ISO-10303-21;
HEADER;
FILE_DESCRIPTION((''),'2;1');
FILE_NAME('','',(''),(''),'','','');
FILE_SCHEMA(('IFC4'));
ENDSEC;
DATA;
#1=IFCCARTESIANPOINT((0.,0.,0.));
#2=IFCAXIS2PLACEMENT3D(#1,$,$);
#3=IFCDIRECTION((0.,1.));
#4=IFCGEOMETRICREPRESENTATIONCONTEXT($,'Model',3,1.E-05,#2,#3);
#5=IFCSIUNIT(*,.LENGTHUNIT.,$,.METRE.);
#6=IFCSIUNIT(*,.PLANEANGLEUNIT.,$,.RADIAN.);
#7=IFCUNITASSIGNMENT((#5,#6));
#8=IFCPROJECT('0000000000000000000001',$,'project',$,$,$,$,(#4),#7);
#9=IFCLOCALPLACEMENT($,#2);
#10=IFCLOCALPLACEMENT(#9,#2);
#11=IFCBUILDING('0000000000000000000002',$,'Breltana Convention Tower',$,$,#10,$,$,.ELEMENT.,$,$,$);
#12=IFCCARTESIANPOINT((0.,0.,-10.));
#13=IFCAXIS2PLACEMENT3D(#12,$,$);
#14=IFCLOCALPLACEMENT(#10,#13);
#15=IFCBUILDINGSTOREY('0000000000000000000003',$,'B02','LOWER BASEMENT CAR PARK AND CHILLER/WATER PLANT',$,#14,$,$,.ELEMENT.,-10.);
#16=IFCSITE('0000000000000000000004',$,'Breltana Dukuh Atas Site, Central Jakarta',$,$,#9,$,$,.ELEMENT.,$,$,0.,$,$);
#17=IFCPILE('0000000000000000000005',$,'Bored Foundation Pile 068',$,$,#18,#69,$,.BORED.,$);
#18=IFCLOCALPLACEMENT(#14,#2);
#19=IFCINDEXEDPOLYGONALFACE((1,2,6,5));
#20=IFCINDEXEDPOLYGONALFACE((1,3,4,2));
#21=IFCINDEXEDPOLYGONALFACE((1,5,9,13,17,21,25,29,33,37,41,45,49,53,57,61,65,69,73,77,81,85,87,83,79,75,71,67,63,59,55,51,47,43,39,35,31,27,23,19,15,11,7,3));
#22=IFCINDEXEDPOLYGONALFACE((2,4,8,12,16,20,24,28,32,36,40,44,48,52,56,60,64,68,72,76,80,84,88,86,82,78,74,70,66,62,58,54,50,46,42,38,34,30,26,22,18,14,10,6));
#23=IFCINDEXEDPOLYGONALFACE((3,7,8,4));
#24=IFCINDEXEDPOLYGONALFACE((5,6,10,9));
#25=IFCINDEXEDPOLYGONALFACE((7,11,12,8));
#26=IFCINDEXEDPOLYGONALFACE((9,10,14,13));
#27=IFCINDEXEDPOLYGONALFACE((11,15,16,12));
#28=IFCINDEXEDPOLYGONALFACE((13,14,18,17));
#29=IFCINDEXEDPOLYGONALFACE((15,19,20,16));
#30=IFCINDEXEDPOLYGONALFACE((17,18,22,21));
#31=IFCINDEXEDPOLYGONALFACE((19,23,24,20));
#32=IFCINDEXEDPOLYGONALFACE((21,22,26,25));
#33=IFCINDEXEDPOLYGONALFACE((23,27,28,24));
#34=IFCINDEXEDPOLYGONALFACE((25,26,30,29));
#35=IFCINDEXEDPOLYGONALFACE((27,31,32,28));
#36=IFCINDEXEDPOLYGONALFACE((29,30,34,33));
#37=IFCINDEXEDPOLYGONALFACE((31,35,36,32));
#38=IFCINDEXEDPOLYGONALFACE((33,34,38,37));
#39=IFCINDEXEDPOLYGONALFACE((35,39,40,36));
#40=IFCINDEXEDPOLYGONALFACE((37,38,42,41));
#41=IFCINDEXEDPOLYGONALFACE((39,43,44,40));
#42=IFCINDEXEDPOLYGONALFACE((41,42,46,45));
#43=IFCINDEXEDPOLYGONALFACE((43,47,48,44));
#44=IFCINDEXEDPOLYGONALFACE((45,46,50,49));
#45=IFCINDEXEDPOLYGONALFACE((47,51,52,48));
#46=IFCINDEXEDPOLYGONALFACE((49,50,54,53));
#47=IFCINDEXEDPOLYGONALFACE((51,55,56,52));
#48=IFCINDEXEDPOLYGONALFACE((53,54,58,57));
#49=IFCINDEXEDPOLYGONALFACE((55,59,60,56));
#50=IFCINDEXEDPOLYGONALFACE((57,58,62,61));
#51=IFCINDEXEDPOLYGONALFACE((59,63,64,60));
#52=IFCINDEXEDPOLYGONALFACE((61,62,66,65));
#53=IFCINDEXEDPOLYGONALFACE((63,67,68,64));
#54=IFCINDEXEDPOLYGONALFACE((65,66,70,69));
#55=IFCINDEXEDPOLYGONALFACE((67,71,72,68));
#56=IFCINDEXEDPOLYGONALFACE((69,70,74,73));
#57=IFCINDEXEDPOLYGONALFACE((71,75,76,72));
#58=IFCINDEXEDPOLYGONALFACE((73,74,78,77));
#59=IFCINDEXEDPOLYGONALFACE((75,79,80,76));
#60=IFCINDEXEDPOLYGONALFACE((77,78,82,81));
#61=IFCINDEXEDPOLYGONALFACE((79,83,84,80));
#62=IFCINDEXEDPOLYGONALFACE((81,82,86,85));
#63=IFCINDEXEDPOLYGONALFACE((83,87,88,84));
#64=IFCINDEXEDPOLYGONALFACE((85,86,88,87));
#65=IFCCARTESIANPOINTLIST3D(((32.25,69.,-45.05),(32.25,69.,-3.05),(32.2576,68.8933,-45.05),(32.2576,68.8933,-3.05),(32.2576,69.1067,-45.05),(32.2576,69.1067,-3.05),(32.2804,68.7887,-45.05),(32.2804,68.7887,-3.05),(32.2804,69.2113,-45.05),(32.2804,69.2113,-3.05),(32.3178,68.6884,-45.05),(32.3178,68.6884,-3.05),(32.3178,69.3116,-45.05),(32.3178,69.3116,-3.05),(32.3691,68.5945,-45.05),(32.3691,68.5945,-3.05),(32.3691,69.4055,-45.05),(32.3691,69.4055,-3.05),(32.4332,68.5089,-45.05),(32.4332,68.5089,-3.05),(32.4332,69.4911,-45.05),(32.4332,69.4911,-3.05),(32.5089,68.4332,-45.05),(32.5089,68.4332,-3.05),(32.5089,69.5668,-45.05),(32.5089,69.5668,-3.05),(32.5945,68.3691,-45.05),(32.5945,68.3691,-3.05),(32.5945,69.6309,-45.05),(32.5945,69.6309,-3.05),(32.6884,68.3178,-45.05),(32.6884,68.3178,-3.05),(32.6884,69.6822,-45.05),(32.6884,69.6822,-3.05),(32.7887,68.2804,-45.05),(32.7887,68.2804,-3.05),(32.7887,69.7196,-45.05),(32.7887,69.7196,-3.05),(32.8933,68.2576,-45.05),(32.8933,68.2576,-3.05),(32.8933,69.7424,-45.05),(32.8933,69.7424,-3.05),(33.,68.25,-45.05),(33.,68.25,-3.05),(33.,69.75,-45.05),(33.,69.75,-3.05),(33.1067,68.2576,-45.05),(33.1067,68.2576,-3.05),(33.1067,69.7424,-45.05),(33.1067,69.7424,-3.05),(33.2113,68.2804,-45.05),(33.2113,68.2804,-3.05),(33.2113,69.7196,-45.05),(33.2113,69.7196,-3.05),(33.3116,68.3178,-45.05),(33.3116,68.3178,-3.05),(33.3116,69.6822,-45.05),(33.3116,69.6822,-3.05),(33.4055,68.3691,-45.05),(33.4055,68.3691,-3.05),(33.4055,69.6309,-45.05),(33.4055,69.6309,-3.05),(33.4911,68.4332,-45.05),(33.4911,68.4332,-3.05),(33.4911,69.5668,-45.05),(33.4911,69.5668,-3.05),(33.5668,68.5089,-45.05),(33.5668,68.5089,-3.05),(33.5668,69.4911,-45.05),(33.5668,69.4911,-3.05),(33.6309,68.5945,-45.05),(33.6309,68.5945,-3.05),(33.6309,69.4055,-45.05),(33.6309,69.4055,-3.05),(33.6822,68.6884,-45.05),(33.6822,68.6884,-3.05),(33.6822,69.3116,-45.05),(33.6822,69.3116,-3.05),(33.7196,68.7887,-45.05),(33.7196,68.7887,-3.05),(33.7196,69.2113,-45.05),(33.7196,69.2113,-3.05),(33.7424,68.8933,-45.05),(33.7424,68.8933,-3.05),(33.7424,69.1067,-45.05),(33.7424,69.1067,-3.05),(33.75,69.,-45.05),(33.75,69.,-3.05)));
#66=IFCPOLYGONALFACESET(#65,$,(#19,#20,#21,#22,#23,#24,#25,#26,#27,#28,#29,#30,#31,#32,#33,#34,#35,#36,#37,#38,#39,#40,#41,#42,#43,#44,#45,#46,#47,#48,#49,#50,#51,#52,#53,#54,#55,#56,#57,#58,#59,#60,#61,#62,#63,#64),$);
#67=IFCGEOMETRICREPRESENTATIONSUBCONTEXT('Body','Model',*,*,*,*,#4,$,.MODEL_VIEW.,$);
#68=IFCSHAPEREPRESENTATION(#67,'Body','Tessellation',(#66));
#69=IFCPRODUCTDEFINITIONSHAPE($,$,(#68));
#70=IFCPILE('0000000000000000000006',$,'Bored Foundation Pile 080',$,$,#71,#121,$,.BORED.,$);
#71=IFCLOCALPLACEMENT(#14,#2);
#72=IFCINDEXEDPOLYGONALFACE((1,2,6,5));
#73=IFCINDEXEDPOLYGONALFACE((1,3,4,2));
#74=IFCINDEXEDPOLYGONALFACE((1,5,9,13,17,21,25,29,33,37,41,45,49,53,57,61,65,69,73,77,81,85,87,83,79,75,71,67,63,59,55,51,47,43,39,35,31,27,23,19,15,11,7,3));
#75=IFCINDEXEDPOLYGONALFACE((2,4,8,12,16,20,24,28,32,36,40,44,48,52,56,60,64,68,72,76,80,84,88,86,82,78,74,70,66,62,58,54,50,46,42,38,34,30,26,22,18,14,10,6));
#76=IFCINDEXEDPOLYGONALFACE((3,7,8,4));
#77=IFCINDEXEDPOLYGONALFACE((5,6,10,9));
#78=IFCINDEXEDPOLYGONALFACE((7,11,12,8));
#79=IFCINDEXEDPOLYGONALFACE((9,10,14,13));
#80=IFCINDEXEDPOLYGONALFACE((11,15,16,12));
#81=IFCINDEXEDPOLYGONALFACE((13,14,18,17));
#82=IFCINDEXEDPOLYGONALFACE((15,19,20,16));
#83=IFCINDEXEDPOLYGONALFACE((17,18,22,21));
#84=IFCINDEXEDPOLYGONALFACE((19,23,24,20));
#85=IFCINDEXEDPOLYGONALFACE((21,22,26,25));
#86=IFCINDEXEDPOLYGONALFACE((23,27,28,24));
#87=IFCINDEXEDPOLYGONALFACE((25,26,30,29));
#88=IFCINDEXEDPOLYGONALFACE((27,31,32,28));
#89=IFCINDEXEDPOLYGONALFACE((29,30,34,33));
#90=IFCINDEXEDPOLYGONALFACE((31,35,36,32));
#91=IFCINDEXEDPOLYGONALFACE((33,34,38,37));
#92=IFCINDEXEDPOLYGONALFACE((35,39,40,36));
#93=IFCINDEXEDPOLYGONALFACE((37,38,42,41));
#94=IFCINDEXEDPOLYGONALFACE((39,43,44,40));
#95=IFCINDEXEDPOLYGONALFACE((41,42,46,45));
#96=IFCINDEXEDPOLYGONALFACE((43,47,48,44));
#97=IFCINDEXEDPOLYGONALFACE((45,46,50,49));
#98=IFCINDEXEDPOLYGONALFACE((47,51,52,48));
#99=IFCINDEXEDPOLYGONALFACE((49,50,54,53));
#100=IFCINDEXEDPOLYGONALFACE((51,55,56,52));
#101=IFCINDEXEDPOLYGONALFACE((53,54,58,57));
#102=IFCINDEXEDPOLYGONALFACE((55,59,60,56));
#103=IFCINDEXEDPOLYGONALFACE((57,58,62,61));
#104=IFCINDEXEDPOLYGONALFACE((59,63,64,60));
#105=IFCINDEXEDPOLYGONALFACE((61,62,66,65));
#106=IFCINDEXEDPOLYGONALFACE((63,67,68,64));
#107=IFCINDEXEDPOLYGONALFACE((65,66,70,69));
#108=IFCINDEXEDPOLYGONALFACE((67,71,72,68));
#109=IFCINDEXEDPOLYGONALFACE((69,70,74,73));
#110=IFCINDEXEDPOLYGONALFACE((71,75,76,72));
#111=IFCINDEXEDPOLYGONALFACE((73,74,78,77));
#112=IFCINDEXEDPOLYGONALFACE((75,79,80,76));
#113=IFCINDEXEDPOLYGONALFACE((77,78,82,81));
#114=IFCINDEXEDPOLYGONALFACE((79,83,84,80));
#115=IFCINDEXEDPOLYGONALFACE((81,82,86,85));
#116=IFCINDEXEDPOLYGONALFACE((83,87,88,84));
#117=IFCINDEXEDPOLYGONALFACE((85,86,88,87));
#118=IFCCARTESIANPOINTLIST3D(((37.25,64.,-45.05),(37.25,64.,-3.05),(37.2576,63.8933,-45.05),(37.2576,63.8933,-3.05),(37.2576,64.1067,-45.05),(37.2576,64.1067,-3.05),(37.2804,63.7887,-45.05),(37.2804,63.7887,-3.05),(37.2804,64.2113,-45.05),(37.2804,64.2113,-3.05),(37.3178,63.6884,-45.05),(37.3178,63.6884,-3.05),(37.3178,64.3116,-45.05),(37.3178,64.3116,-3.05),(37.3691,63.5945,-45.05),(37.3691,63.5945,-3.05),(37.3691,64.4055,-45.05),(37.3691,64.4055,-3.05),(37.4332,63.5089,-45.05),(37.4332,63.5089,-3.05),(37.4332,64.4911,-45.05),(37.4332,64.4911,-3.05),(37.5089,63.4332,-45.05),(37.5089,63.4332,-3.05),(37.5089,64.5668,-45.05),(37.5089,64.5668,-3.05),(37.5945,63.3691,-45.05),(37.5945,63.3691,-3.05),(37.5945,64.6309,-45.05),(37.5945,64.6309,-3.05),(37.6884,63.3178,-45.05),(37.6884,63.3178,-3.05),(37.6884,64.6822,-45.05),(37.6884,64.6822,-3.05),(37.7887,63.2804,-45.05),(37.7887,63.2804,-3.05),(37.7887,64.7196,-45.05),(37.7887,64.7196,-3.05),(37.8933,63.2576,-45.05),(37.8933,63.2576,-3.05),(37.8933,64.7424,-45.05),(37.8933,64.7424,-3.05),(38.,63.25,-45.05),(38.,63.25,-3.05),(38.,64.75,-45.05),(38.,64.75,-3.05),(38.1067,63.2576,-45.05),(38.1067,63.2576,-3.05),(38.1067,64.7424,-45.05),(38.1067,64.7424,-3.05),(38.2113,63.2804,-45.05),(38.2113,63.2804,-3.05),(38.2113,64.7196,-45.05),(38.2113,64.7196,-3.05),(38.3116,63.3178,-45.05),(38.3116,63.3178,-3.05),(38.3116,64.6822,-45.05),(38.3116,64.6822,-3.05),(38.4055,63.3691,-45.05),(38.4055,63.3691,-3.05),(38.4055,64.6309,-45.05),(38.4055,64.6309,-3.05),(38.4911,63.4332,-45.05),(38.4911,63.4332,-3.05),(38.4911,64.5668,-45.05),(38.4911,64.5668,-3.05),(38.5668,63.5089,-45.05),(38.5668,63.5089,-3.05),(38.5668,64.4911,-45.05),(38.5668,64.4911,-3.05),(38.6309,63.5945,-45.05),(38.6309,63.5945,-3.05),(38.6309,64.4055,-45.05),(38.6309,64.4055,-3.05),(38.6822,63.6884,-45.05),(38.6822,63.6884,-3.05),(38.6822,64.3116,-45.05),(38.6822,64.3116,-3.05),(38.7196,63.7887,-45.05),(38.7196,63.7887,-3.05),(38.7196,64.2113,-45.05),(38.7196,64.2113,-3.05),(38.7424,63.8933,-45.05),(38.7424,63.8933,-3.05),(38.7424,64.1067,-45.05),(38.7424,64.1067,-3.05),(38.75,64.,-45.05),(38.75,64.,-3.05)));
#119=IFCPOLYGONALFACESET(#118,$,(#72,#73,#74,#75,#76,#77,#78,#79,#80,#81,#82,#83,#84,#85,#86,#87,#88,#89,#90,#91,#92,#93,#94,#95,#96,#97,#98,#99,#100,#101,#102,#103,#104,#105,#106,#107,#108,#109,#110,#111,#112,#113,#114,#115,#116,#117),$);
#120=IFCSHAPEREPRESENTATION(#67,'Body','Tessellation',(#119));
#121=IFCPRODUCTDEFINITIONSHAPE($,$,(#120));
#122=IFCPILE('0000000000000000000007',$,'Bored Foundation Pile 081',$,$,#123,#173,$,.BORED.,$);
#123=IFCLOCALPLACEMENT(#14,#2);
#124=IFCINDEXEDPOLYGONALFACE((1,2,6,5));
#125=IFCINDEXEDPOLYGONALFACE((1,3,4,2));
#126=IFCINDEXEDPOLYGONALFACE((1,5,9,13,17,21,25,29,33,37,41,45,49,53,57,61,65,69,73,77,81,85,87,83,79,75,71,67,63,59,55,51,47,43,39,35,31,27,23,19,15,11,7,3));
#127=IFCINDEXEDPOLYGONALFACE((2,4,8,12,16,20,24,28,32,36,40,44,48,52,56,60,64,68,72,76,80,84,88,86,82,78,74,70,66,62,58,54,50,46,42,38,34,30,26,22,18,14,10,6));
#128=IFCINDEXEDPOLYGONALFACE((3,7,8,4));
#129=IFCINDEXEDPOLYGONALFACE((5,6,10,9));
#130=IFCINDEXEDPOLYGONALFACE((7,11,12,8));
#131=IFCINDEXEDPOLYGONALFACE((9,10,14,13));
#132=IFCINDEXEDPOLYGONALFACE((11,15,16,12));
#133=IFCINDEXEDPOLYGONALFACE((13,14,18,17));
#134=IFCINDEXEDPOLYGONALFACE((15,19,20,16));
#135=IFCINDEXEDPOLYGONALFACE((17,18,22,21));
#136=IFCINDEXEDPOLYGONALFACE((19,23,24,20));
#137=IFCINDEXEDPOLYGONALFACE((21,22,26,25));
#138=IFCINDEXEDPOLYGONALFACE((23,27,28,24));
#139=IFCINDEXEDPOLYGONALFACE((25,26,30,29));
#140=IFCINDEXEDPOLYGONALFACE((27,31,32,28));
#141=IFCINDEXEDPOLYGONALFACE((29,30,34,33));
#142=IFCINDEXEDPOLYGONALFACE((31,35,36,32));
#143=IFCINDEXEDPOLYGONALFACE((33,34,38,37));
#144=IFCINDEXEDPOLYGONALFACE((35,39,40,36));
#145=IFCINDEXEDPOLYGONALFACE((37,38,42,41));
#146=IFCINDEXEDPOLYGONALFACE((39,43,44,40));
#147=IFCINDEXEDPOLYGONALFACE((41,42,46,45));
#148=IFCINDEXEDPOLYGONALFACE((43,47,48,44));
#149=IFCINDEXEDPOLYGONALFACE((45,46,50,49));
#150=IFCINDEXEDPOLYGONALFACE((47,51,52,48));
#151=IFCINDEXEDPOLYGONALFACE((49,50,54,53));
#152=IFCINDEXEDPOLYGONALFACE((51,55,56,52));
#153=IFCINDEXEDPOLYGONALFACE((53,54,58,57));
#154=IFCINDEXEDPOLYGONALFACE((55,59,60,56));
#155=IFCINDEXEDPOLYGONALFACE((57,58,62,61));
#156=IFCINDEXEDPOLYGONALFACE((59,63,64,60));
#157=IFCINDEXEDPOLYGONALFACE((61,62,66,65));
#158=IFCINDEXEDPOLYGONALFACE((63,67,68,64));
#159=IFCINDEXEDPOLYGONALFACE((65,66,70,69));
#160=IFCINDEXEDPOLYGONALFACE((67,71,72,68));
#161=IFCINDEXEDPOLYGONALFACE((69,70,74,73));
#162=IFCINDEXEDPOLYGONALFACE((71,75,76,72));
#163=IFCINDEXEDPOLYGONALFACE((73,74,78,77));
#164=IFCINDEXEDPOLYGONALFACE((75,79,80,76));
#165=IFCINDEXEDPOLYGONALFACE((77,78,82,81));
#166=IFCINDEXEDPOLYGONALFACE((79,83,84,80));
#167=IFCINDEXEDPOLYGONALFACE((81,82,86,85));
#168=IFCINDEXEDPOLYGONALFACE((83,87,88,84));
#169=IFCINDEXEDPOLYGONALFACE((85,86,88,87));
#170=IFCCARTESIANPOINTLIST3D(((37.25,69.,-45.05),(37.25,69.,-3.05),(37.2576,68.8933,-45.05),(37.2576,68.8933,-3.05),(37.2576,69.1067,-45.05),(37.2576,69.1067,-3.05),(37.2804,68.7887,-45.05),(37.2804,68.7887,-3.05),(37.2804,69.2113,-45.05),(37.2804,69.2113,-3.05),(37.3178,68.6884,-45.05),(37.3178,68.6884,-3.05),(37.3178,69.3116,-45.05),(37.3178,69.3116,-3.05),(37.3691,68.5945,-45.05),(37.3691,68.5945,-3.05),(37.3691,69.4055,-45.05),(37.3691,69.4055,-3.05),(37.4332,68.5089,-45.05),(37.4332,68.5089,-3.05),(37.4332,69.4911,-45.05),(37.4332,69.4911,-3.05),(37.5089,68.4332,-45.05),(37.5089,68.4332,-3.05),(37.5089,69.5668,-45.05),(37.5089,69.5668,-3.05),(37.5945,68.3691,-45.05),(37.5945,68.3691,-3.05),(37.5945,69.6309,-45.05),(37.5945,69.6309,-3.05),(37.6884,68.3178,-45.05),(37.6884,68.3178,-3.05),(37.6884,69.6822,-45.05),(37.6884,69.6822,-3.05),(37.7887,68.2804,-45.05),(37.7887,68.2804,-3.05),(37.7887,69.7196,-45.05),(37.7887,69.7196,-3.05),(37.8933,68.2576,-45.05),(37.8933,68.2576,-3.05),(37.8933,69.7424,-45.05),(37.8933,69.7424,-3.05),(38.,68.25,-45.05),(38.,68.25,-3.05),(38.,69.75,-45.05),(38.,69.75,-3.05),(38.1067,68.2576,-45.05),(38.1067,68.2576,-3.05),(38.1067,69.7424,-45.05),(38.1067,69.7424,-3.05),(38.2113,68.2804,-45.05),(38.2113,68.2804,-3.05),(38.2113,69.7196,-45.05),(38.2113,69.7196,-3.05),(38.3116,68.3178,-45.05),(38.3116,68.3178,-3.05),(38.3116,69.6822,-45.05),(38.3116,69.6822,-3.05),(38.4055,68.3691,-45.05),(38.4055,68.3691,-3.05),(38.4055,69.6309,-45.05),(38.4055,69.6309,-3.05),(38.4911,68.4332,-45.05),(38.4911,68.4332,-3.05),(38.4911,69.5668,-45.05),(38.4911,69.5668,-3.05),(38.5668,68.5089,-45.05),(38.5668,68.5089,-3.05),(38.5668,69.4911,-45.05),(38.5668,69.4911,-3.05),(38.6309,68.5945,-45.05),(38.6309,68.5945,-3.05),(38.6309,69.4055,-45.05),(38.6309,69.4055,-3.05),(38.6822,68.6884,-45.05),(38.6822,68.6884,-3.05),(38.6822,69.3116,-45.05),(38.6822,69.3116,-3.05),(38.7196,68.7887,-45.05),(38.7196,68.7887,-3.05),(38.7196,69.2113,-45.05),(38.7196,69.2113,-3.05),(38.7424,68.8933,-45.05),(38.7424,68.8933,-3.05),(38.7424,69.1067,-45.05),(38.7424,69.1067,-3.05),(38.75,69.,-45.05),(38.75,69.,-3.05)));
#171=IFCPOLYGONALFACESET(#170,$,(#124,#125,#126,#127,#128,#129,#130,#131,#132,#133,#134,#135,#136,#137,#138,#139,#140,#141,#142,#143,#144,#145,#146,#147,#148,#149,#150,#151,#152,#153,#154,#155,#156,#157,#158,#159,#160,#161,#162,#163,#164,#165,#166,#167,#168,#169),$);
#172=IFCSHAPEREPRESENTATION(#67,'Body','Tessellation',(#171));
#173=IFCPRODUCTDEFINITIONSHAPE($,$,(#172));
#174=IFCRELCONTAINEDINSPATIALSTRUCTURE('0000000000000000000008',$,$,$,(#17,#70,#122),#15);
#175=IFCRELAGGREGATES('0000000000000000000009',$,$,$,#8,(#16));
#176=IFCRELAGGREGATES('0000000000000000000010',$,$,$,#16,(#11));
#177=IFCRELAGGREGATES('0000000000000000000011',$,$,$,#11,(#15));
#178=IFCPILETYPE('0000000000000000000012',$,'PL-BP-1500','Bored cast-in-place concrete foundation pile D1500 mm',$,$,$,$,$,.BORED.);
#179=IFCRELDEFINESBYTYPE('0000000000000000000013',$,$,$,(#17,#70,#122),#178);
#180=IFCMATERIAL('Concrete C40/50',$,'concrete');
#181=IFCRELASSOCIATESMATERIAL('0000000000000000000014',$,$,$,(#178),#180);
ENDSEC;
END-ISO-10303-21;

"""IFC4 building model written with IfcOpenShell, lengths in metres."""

from ifc_helpers import new_model, si_unit, direction, frame, origin, origin_2d, place, context, subcontext, project, spatial, circle, extrude, source, transform, mapped, material, material_profile, profile_set, type_object, type_shapes, element, save


model = new_model("IFC4")

# Units and contexts
model_context = context("Model", 3, precision=1e-05, world=origin(), true_north=direction((0.0, 1.0)))
body_context = subcontext(model_context, "Body", "Model", "MODEL_VIEW")
ifc_project = project(units=[si_unit("LENGTHUNIT", "METRE"), si_unit("PLANEANGLEUNIT", "RADIAN")], contexts=[model_context])

# Site, building, storey
site_placement = place(None, origin())
site = spatial("IfcSite", under=ifc_project, at=site_placement, Name="Breltana Dukuh Atas Site, Central Jakarta", CompositionType="ELEMENT", RefElevation=0.0)
building_placement = place(site_placement, origin())
building = spatial("IfcBuilding", under=site, at=building_placement, Name="Breltana Convention Tower", CompositionType="ELEMENT")
storey_placement = place(building_placement, frame((0.0, 0.0, -10.0)))
storey = spatial("IfcBuildingStorey", under=building, at=storey_placement, Name="B02", Description="LOWER BASEMENT CAR PARK AND CHILLER/WATER PLANT", CompositionType="ELEMENT", Elevation=-10.0)

# Piles
ifc_material_1 = material(Name="Concrete C40/50", Category="concrete")
ifc_material_profile_1 = material_profile(ifc_material_1, circle(Radius=0.75, at=origin_2d()), Name="BP-D1500")
ifc_profile_set_1 = profile_set([ifc_material_profile_1], Name="Concrete C40/50")
pile_type_1 = type_object("IfcPileType", Name="PL-BP-1500", Description="Bored cast-in-place concrete foundation pile D1500 mm", PredefinedType="BORED", material=ifc_profile_set_1)
shared_shape_1 = source(origin(), body_context, "Body", "SweptSolid", [
    extrude(circle(Radius=0.75, at=origin_2d()), origin(), (0.0, 0.0, 1.0), 42.0),
])
type_shapes(pile_type_1, [shared_shape_1])
for number, where, z_axis, x_axis, name in (
    (1, (33.0, 69.0, -3.05), (0.0, 0.0, -1.0), (1.0, 0.0, 0.0), "Bored Foundation Pile 068"),
    (2, (38.0, 64.0, -3.05), (0.0, 0.0, -1.0), (1.0, 0.0, 0.0), "Bored Foundation Pile 080"),
    (3, (38.0, 69.0, -3.05), (0.0, 0.0, -1.0), (1.0, 0.0, 0.0), "Bored Foundation Pile 081"),
):
    element("IfcPile", number, at=place(storey_placement, frame(where, z_axis=z_axis, x_axis=x_axis)), inside=storey, type_object=pile_type_1, Name=name, PredefinedType="BORED", context=body_context, shape_type="MappedRepresentation", body=[
        mapped(shared_shape_1, transform((0.0, 0.0, 0.0), scale=1.0)),
    ])

save(model, "model.ifc")
